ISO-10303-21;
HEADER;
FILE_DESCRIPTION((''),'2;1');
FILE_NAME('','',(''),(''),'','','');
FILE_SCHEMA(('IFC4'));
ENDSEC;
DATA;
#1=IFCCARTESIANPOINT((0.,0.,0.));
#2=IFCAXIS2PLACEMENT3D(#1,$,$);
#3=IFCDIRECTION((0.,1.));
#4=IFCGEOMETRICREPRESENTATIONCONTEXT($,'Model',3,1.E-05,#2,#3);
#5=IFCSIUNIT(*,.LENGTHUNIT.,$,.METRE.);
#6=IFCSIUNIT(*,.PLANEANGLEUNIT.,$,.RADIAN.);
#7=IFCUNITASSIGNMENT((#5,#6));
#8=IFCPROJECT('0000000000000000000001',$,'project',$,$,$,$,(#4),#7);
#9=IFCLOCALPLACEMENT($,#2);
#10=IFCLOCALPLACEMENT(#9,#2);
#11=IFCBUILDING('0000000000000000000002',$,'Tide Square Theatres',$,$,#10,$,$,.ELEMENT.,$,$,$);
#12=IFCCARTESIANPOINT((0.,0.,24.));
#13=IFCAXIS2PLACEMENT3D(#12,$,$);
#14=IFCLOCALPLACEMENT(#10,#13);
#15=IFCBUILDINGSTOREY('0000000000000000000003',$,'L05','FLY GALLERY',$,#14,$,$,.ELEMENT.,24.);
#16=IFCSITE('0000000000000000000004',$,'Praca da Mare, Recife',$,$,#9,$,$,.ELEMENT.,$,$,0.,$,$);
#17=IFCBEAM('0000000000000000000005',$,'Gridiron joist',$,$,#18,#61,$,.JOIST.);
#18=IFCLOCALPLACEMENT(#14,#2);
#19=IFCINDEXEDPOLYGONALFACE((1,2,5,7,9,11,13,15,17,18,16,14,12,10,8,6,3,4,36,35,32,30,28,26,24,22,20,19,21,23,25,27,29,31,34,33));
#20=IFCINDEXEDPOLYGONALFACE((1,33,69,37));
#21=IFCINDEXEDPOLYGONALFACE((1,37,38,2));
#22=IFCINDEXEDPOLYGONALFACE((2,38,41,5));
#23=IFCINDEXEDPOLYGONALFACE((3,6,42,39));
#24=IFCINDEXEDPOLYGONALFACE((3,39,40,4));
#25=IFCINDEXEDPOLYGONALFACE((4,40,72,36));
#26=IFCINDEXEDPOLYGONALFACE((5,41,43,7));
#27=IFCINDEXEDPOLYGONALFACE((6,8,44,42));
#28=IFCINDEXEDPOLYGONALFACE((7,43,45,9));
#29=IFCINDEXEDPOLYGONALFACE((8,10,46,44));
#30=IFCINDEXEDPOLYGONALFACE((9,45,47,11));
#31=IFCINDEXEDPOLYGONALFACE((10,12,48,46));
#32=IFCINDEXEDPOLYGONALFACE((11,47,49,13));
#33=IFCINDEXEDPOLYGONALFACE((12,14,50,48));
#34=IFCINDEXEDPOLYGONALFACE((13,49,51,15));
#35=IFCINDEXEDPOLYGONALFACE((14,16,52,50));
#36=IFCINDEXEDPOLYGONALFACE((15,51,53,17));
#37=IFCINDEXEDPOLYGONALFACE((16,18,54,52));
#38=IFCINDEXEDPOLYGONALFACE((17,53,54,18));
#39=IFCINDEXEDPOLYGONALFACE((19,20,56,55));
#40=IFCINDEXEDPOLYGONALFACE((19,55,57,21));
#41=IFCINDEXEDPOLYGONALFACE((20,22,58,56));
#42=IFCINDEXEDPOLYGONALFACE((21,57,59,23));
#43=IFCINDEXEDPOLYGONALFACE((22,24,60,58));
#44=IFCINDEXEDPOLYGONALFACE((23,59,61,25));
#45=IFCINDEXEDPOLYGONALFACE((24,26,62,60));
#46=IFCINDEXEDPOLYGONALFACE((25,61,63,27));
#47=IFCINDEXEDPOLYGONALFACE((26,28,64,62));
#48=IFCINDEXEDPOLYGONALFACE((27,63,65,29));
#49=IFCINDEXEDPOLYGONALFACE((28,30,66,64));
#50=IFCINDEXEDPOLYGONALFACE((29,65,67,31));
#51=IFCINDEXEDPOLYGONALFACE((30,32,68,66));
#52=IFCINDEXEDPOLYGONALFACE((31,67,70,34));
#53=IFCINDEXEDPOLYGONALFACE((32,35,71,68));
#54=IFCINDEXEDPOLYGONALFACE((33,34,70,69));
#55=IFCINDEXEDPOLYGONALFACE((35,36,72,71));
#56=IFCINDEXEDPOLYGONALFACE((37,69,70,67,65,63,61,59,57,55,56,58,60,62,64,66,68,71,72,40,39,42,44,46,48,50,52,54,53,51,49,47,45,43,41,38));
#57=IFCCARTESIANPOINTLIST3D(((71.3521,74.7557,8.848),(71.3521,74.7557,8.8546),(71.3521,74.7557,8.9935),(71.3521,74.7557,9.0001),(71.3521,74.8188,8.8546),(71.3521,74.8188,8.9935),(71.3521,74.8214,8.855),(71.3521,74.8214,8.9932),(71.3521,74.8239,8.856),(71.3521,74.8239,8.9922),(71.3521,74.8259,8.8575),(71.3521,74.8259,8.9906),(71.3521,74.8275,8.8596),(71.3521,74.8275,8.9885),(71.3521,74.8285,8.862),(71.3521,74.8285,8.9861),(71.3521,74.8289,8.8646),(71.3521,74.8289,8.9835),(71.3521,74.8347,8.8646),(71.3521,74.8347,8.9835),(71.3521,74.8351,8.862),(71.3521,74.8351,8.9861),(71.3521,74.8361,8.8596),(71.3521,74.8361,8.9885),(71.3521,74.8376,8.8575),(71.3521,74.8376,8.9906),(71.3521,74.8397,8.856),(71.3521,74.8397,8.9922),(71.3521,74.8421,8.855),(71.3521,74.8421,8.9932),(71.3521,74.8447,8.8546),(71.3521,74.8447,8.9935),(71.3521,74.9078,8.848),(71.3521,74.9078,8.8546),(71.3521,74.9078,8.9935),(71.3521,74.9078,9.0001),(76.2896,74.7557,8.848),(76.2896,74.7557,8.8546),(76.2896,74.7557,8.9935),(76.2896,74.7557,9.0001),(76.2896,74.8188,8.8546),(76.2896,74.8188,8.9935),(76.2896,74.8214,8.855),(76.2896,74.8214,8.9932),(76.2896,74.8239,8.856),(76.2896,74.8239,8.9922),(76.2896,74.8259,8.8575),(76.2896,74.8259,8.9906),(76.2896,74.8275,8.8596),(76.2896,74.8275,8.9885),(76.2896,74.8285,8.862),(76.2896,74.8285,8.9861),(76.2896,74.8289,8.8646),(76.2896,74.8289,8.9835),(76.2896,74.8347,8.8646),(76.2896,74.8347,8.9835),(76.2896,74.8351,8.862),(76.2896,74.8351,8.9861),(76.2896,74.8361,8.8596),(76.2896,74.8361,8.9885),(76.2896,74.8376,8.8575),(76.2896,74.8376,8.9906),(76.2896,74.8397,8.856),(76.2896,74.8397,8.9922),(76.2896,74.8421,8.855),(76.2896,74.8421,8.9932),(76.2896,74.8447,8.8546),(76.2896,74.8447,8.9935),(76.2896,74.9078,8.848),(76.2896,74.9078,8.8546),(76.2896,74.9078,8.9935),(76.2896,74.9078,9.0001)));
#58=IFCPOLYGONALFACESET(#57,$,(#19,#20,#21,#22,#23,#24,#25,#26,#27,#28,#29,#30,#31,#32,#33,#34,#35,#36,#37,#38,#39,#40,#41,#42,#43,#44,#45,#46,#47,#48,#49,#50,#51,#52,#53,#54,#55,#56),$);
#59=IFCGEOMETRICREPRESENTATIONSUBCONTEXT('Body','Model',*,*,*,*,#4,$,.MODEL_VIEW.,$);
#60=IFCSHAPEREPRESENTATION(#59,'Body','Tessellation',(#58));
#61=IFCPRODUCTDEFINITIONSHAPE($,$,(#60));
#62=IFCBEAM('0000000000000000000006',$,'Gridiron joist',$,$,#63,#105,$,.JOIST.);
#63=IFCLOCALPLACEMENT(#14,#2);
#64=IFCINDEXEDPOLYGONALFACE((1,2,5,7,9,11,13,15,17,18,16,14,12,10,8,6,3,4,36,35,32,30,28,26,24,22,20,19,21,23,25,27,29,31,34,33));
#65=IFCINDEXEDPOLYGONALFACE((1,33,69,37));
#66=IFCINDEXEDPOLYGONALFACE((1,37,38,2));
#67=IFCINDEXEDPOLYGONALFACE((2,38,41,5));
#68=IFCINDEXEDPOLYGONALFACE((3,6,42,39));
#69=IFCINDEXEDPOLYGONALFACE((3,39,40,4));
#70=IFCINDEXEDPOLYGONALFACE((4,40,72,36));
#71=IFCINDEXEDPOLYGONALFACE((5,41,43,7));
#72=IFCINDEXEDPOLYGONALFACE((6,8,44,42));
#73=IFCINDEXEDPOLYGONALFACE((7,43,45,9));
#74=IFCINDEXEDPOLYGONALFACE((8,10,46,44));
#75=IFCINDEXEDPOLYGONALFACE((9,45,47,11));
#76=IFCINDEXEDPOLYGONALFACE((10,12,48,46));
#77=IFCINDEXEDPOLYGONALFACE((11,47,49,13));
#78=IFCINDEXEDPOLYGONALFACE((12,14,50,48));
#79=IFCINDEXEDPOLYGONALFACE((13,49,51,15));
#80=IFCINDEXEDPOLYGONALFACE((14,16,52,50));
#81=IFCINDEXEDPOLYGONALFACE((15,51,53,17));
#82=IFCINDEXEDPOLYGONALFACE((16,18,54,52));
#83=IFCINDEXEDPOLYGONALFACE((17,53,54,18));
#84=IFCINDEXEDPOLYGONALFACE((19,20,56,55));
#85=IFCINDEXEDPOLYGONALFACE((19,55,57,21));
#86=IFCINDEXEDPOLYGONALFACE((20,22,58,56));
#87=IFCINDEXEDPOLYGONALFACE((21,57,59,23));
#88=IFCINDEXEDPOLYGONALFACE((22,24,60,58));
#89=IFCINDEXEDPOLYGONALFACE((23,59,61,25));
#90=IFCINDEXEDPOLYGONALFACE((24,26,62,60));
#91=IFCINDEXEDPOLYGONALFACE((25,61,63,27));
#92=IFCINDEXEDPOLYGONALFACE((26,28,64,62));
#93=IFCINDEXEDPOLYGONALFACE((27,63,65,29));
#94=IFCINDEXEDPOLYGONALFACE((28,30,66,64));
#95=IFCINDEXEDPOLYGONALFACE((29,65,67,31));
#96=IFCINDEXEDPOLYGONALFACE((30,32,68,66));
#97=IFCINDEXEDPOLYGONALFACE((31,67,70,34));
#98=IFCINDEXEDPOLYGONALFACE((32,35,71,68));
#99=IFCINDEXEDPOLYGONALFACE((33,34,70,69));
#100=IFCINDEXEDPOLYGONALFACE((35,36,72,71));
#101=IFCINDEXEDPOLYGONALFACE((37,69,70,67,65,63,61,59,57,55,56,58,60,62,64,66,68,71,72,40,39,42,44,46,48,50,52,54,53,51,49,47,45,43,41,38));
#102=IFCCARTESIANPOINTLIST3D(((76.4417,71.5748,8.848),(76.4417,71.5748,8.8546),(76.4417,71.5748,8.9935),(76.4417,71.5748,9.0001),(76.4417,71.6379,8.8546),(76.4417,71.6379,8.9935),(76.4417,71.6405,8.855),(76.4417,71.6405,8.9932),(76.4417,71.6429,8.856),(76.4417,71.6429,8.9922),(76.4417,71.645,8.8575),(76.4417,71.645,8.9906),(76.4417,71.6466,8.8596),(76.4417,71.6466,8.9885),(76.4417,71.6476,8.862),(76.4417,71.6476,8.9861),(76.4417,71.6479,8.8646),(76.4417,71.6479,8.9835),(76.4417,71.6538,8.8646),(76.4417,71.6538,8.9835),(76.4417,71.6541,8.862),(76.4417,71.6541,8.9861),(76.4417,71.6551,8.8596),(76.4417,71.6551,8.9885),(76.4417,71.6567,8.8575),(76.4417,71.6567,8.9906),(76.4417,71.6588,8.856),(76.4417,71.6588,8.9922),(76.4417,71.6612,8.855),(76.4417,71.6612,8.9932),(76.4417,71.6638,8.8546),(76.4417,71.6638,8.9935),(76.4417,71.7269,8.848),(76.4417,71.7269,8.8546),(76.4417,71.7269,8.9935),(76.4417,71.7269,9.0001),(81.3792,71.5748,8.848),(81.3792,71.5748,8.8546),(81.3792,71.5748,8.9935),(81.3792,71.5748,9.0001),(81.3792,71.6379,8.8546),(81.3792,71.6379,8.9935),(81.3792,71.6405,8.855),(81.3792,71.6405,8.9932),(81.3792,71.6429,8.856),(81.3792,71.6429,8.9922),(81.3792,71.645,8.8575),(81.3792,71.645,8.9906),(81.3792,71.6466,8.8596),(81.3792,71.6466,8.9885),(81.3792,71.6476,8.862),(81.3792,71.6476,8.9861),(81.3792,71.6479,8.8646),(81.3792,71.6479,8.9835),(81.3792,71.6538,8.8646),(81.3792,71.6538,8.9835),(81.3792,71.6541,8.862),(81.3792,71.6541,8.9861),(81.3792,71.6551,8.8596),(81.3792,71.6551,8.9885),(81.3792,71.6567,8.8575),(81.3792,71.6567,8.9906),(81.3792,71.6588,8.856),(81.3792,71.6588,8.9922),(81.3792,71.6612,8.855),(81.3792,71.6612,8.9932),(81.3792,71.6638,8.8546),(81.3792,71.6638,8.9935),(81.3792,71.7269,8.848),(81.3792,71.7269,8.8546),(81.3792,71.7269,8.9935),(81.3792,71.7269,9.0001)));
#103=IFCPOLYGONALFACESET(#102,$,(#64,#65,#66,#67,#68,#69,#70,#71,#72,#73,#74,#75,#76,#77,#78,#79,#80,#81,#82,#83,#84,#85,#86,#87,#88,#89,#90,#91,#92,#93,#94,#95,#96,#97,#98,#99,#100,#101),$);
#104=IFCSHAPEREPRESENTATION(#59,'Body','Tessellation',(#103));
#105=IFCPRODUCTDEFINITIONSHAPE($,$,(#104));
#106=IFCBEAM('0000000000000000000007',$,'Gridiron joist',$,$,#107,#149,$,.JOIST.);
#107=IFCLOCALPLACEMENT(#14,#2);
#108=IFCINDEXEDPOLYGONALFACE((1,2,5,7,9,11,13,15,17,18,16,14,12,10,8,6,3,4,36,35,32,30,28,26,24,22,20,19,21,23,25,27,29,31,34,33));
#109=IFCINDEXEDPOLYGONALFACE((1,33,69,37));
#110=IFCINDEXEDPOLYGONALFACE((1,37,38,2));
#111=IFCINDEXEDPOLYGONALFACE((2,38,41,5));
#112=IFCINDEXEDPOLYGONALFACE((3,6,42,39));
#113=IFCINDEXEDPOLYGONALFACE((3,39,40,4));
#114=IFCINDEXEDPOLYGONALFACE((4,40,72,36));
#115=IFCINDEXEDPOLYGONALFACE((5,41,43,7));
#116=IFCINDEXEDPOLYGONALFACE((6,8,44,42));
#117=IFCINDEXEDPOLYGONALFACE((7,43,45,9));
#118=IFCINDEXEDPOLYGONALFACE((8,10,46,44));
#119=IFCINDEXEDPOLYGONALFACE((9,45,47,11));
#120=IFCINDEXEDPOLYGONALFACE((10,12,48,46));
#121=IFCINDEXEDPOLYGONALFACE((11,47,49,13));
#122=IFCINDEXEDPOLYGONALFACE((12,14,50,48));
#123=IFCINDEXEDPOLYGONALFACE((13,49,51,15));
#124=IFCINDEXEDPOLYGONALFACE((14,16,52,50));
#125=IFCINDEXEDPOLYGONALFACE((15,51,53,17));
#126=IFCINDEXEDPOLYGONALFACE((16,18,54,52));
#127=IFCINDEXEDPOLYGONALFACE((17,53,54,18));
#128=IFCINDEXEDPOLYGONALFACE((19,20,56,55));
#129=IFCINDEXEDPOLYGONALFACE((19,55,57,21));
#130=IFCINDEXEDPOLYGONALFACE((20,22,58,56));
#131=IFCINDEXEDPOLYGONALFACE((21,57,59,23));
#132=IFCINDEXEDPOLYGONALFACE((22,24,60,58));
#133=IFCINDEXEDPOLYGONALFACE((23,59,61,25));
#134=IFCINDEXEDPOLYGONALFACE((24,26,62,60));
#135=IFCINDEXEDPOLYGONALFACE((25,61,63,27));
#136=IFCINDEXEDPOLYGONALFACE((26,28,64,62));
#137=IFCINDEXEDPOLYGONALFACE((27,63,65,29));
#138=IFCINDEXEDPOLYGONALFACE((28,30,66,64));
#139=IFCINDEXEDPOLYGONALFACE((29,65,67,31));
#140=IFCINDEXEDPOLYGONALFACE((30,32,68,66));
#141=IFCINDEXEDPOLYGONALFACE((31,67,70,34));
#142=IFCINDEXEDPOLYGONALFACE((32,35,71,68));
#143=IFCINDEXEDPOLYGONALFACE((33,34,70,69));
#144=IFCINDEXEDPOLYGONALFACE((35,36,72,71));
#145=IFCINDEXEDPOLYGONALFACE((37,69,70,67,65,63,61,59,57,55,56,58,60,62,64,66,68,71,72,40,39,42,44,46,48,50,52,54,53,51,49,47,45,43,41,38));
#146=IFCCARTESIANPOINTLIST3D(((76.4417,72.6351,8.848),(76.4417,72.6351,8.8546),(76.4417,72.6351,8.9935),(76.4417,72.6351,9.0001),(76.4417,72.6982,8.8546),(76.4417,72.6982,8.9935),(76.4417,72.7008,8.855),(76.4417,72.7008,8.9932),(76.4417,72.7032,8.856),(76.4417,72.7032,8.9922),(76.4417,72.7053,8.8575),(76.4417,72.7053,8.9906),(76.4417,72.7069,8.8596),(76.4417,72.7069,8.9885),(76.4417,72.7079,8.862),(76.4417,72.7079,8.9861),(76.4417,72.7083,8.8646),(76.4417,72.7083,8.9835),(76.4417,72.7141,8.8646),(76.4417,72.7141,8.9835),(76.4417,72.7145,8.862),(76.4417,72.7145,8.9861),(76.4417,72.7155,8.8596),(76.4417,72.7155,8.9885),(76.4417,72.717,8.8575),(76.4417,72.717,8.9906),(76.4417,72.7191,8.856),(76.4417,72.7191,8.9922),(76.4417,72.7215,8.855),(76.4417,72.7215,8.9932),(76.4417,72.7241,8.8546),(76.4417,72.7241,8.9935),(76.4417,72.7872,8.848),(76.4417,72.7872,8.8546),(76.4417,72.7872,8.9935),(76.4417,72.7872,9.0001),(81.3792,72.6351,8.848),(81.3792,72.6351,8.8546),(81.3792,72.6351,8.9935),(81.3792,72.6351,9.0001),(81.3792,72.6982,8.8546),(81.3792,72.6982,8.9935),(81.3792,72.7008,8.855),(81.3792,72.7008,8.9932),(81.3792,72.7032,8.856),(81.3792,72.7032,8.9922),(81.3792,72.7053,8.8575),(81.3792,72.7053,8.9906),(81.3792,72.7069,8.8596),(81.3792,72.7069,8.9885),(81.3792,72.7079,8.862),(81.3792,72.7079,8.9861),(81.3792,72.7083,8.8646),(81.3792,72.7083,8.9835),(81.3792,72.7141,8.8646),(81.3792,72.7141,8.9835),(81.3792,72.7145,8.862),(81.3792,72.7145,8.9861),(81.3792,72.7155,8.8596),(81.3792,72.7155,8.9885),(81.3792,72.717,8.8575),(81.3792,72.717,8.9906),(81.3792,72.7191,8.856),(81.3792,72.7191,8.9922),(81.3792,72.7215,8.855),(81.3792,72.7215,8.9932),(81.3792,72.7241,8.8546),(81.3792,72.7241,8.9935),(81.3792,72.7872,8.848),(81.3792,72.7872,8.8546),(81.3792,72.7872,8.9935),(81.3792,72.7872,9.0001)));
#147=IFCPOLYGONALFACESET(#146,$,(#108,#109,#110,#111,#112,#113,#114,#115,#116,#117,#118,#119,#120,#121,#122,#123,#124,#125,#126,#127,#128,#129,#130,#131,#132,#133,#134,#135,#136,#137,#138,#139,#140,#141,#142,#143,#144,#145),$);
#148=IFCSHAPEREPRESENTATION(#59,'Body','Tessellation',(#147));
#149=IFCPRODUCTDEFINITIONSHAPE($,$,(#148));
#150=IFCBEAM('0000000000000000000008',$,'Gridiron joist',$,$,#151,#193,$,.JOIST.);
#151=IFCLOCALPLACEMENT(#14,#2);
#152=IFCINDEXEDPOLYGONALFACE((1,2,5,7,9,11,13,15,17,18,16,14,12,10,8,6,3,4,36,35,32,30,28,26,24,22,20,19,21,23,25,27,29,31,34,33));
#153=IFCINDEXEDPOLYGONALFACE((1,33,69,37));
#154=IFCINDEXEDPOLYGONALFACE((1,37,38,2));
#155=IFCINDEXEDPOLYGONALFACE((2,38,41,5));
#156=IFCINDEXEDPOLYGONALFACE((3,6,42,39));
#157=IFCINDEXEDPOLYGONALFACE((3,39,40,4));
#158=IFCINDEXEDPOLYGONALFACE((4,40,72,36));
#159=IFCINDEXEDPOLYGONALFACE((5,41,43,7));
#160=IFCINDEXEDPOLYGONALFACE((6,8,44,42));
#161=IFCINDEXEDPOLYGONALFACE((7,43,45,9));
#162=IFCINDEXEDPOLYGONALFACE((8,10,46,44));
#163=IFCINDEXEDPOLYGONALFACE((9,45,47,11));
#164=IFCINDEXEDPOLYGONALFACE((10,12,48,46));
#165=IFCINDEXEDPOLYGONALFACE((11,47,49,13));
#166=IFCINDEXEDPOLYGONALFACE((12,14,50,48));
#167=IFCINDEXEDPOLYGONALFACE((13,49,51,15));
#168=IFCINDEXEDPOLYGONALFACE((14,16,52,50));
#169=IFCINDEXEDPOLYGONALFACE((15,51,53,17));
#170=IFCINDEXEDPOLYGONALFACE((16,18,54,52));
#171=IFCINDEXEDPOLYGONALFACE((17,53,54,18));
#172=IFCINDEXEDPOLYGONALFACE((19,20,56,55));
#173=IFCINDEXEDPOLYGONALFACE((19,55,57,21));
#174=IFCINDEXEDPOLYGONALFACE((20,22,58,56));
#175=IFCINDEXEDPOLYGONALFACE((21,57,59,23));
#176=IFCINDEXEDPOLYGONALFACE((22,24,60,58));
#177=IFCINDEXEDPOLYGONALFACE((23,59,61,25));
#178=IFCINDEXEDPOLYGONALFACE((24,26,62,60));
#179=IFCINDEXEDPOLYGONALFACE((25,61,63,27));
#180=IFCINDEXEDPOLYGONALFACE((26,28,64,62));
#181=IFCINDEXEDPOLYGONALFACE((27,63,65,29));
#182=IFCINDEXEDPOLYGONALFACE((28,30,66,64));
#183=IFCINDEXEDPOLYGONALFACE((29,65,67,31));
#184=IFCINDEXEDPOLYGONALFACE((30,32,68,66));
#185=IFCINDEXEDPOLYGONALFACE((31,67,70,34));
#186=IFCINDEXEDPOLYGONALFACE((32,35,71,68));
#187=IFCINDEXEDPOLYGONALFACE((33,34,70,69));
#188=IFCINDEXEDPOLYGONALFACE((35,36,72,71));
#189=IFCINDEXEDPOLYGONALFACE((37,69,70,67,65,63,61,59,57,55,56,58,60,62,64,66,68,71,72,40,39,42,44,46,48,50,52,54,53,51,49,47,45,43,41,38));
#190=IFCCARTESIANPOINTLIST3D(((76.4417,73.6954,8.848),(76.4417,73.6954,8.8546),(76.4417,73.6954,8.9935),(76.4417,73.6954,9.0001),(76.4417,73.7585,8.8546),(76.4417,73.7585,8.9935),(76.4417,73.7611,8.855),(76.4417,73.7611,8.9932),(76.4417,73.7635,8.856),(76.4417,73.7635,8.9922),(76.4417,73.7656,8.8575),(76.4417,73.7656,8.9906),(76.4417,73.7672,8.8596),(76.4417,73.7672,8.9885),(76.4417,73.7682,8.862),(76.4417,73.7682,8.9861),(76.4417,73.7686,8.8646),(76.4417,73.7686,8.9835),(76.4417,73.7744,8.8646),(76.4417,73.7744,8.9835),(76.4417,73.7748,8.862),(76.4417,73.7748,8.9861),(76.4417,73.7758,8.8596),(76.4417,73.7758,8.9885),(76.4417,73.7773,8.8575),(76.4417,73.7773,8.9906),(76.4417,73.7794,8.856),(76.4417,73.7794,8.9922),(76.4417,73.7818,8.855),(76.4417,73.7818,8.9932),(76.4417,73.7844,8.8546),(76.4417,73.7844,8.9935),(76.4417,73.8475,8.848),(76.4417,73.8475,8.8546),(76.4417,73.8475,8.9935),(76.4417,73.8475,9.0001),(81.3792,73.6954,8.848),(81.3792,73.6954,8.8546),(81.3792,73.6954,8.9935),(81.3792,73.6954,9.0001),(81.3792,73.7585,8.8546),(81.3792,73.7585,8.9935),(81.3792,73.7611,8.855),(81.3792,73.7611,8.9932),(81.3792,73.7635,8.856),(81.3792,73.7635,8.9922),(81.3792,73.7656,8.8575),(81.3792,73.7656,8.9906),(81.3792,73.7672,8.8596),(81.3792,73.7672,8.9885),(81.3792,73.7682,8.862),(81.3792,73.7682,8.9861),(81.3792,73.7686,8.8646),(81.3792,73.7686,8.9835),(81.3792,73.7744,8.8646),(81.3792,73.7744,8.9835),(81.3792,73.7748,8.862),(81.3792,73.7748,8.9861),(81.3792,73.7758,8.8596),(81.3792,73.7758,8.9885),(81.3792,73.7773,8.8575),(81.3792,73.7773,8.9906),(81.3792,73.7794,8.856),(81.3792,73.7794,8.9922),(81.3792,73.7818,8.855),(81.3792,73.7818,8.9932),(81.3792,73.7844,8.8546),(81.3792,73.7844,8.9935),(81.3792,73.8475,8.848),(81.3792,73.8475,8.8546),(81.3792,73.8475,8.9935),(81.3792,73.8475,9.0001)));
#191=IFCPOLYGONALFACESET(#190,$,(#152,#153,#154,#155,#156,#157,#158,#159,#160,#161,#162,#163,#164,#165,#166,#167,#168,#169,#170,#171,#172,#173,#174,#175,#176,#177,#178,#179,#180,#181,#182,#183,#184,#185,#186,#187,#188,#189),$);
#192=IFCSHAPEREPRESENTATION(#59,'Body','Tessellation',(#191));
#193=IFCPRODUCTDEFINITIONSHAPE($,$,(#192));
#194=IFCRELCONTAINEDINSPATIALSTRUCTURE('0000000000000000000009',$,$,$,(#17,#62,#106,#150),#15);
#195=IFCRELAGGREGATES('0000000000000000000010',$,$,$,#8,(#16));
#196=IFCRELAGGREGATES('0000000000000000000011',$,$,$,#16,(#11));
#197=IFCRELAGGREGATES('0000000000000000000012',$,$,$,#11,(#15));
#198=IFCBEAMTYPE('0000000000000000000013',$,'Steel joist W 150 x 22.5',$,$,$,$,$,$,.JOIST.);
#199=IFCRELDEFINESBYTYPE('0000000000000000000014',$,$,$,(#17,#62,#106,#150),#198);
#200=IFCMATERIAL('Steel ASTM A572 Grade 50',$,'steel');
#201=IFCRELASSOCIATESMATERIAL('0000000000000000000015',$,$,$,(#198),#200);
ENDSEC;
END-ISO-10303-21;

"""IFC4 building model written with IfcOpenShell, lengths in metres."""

from ifc_helpers import new_model, si_unit, direction, frame, origin, origin_2d, place, context, subcontext, project, spatial, i_section, extrude, material, material_profile, profile_set, type_object, element, save


model = new_model("IFC4")

# Units and contexts
model_context = context("Model", 3, precision=1e-05, world=origin(), true_north=direction((0.0, 1.0)))
body_context = subcontext(model_context, "Body", "Model", "MODEL_VIEW")
ifc_project = project(units=[si_unit("LENGTHUNIT", "METRE"), si_unit("PLANEANGLEUNIT", "RADIAN")], contexts=[model_context])

# Site, building, storey
site_placement = place(None, origin())
site = spatial("IfcSite", under=ifc_project, at=site_placement, Name="Praca da Mare, Recife", CompositionType="ELEMENT", RefElevation=0.0)
building_placement = place(site_placement, origin())
building = spatial("IfcBuilding", under=site, at=building_placement, Name="Tide Square Theatres", CompositionType="ELEMENT")
storey_placement = place(building_placement, frame((0.0, 0.0, 24.0)))
storey = spatial("IfcBuildingStorey", under=building, at=storey_placement, Name="L05", Description="FLY GALLERY", CompositionType="ELEMENT", Elevation=24.0)

# Beams
ifc_material_1 = material(Name="Steel ASTM A572 Grade 50", Category="steel")
ifc_material_profile_1 = material_profile(ifc_material_1, i_section(OverallWidth=0.1521, OverallDepth=0.1521, WebThickness=0.0059, FlangeThickness=0.0066, FilletRadius=0.01, at=origin_2d()))
ifc_profile_set_1 = profile_set([ifc_material_profile_1], Name="Steel ASTM A572 Grade 50")
beam_type_1 = type_object("IfcBeamType", Name="Steel joist W 150 x 22.5", PredefinedType="JOIST", material=ifc_profile_set_1)
for number, where, z_axis, x_axis, name in (
    (1, (71.3521, 74.8318, 8.9241), (1.0, 0.0, 0.0), (0.0, 1.0, 0.0), "Gridiron joist"),
    (2, (76.4417, 71.6509, 8.9241), (1.0, 0.0, 0.0), (0.0, 1.0, 0.0), "Gridiron joist"),
    (3, (76.4417, 72.7112, 8.9241), (1.0, 0.0, 0.0), (0.0, 1.0, 0.0), "Gridiron joist"),
    (4, (76.4417, 73.7715, 8.9241), (1.0, 0.0, 0.0), (0.0, 1.0, 0.0), "Gridiron joist"),
):
    element("IfcBeam", number, at=place(storey_placement, frame(where, z_axis=z_axis, x_axis=x_axis)), inside=storey, type_object=beam_type_1, Name=name, PredefinedType="JOIST", context=body_context, shape_type="SweptSolid", body=[
        extrude(i_section(OverallWidth=0.1521, OverallDepth=0.1521, WebThickness=0.0059, FlangeThickness=0.0066, FilletRadius=0.01, at=origin_2d()), origin(), (0.0, 0.0, 1.0), 4.9375),
    ])

save(model, "model.ifc")
